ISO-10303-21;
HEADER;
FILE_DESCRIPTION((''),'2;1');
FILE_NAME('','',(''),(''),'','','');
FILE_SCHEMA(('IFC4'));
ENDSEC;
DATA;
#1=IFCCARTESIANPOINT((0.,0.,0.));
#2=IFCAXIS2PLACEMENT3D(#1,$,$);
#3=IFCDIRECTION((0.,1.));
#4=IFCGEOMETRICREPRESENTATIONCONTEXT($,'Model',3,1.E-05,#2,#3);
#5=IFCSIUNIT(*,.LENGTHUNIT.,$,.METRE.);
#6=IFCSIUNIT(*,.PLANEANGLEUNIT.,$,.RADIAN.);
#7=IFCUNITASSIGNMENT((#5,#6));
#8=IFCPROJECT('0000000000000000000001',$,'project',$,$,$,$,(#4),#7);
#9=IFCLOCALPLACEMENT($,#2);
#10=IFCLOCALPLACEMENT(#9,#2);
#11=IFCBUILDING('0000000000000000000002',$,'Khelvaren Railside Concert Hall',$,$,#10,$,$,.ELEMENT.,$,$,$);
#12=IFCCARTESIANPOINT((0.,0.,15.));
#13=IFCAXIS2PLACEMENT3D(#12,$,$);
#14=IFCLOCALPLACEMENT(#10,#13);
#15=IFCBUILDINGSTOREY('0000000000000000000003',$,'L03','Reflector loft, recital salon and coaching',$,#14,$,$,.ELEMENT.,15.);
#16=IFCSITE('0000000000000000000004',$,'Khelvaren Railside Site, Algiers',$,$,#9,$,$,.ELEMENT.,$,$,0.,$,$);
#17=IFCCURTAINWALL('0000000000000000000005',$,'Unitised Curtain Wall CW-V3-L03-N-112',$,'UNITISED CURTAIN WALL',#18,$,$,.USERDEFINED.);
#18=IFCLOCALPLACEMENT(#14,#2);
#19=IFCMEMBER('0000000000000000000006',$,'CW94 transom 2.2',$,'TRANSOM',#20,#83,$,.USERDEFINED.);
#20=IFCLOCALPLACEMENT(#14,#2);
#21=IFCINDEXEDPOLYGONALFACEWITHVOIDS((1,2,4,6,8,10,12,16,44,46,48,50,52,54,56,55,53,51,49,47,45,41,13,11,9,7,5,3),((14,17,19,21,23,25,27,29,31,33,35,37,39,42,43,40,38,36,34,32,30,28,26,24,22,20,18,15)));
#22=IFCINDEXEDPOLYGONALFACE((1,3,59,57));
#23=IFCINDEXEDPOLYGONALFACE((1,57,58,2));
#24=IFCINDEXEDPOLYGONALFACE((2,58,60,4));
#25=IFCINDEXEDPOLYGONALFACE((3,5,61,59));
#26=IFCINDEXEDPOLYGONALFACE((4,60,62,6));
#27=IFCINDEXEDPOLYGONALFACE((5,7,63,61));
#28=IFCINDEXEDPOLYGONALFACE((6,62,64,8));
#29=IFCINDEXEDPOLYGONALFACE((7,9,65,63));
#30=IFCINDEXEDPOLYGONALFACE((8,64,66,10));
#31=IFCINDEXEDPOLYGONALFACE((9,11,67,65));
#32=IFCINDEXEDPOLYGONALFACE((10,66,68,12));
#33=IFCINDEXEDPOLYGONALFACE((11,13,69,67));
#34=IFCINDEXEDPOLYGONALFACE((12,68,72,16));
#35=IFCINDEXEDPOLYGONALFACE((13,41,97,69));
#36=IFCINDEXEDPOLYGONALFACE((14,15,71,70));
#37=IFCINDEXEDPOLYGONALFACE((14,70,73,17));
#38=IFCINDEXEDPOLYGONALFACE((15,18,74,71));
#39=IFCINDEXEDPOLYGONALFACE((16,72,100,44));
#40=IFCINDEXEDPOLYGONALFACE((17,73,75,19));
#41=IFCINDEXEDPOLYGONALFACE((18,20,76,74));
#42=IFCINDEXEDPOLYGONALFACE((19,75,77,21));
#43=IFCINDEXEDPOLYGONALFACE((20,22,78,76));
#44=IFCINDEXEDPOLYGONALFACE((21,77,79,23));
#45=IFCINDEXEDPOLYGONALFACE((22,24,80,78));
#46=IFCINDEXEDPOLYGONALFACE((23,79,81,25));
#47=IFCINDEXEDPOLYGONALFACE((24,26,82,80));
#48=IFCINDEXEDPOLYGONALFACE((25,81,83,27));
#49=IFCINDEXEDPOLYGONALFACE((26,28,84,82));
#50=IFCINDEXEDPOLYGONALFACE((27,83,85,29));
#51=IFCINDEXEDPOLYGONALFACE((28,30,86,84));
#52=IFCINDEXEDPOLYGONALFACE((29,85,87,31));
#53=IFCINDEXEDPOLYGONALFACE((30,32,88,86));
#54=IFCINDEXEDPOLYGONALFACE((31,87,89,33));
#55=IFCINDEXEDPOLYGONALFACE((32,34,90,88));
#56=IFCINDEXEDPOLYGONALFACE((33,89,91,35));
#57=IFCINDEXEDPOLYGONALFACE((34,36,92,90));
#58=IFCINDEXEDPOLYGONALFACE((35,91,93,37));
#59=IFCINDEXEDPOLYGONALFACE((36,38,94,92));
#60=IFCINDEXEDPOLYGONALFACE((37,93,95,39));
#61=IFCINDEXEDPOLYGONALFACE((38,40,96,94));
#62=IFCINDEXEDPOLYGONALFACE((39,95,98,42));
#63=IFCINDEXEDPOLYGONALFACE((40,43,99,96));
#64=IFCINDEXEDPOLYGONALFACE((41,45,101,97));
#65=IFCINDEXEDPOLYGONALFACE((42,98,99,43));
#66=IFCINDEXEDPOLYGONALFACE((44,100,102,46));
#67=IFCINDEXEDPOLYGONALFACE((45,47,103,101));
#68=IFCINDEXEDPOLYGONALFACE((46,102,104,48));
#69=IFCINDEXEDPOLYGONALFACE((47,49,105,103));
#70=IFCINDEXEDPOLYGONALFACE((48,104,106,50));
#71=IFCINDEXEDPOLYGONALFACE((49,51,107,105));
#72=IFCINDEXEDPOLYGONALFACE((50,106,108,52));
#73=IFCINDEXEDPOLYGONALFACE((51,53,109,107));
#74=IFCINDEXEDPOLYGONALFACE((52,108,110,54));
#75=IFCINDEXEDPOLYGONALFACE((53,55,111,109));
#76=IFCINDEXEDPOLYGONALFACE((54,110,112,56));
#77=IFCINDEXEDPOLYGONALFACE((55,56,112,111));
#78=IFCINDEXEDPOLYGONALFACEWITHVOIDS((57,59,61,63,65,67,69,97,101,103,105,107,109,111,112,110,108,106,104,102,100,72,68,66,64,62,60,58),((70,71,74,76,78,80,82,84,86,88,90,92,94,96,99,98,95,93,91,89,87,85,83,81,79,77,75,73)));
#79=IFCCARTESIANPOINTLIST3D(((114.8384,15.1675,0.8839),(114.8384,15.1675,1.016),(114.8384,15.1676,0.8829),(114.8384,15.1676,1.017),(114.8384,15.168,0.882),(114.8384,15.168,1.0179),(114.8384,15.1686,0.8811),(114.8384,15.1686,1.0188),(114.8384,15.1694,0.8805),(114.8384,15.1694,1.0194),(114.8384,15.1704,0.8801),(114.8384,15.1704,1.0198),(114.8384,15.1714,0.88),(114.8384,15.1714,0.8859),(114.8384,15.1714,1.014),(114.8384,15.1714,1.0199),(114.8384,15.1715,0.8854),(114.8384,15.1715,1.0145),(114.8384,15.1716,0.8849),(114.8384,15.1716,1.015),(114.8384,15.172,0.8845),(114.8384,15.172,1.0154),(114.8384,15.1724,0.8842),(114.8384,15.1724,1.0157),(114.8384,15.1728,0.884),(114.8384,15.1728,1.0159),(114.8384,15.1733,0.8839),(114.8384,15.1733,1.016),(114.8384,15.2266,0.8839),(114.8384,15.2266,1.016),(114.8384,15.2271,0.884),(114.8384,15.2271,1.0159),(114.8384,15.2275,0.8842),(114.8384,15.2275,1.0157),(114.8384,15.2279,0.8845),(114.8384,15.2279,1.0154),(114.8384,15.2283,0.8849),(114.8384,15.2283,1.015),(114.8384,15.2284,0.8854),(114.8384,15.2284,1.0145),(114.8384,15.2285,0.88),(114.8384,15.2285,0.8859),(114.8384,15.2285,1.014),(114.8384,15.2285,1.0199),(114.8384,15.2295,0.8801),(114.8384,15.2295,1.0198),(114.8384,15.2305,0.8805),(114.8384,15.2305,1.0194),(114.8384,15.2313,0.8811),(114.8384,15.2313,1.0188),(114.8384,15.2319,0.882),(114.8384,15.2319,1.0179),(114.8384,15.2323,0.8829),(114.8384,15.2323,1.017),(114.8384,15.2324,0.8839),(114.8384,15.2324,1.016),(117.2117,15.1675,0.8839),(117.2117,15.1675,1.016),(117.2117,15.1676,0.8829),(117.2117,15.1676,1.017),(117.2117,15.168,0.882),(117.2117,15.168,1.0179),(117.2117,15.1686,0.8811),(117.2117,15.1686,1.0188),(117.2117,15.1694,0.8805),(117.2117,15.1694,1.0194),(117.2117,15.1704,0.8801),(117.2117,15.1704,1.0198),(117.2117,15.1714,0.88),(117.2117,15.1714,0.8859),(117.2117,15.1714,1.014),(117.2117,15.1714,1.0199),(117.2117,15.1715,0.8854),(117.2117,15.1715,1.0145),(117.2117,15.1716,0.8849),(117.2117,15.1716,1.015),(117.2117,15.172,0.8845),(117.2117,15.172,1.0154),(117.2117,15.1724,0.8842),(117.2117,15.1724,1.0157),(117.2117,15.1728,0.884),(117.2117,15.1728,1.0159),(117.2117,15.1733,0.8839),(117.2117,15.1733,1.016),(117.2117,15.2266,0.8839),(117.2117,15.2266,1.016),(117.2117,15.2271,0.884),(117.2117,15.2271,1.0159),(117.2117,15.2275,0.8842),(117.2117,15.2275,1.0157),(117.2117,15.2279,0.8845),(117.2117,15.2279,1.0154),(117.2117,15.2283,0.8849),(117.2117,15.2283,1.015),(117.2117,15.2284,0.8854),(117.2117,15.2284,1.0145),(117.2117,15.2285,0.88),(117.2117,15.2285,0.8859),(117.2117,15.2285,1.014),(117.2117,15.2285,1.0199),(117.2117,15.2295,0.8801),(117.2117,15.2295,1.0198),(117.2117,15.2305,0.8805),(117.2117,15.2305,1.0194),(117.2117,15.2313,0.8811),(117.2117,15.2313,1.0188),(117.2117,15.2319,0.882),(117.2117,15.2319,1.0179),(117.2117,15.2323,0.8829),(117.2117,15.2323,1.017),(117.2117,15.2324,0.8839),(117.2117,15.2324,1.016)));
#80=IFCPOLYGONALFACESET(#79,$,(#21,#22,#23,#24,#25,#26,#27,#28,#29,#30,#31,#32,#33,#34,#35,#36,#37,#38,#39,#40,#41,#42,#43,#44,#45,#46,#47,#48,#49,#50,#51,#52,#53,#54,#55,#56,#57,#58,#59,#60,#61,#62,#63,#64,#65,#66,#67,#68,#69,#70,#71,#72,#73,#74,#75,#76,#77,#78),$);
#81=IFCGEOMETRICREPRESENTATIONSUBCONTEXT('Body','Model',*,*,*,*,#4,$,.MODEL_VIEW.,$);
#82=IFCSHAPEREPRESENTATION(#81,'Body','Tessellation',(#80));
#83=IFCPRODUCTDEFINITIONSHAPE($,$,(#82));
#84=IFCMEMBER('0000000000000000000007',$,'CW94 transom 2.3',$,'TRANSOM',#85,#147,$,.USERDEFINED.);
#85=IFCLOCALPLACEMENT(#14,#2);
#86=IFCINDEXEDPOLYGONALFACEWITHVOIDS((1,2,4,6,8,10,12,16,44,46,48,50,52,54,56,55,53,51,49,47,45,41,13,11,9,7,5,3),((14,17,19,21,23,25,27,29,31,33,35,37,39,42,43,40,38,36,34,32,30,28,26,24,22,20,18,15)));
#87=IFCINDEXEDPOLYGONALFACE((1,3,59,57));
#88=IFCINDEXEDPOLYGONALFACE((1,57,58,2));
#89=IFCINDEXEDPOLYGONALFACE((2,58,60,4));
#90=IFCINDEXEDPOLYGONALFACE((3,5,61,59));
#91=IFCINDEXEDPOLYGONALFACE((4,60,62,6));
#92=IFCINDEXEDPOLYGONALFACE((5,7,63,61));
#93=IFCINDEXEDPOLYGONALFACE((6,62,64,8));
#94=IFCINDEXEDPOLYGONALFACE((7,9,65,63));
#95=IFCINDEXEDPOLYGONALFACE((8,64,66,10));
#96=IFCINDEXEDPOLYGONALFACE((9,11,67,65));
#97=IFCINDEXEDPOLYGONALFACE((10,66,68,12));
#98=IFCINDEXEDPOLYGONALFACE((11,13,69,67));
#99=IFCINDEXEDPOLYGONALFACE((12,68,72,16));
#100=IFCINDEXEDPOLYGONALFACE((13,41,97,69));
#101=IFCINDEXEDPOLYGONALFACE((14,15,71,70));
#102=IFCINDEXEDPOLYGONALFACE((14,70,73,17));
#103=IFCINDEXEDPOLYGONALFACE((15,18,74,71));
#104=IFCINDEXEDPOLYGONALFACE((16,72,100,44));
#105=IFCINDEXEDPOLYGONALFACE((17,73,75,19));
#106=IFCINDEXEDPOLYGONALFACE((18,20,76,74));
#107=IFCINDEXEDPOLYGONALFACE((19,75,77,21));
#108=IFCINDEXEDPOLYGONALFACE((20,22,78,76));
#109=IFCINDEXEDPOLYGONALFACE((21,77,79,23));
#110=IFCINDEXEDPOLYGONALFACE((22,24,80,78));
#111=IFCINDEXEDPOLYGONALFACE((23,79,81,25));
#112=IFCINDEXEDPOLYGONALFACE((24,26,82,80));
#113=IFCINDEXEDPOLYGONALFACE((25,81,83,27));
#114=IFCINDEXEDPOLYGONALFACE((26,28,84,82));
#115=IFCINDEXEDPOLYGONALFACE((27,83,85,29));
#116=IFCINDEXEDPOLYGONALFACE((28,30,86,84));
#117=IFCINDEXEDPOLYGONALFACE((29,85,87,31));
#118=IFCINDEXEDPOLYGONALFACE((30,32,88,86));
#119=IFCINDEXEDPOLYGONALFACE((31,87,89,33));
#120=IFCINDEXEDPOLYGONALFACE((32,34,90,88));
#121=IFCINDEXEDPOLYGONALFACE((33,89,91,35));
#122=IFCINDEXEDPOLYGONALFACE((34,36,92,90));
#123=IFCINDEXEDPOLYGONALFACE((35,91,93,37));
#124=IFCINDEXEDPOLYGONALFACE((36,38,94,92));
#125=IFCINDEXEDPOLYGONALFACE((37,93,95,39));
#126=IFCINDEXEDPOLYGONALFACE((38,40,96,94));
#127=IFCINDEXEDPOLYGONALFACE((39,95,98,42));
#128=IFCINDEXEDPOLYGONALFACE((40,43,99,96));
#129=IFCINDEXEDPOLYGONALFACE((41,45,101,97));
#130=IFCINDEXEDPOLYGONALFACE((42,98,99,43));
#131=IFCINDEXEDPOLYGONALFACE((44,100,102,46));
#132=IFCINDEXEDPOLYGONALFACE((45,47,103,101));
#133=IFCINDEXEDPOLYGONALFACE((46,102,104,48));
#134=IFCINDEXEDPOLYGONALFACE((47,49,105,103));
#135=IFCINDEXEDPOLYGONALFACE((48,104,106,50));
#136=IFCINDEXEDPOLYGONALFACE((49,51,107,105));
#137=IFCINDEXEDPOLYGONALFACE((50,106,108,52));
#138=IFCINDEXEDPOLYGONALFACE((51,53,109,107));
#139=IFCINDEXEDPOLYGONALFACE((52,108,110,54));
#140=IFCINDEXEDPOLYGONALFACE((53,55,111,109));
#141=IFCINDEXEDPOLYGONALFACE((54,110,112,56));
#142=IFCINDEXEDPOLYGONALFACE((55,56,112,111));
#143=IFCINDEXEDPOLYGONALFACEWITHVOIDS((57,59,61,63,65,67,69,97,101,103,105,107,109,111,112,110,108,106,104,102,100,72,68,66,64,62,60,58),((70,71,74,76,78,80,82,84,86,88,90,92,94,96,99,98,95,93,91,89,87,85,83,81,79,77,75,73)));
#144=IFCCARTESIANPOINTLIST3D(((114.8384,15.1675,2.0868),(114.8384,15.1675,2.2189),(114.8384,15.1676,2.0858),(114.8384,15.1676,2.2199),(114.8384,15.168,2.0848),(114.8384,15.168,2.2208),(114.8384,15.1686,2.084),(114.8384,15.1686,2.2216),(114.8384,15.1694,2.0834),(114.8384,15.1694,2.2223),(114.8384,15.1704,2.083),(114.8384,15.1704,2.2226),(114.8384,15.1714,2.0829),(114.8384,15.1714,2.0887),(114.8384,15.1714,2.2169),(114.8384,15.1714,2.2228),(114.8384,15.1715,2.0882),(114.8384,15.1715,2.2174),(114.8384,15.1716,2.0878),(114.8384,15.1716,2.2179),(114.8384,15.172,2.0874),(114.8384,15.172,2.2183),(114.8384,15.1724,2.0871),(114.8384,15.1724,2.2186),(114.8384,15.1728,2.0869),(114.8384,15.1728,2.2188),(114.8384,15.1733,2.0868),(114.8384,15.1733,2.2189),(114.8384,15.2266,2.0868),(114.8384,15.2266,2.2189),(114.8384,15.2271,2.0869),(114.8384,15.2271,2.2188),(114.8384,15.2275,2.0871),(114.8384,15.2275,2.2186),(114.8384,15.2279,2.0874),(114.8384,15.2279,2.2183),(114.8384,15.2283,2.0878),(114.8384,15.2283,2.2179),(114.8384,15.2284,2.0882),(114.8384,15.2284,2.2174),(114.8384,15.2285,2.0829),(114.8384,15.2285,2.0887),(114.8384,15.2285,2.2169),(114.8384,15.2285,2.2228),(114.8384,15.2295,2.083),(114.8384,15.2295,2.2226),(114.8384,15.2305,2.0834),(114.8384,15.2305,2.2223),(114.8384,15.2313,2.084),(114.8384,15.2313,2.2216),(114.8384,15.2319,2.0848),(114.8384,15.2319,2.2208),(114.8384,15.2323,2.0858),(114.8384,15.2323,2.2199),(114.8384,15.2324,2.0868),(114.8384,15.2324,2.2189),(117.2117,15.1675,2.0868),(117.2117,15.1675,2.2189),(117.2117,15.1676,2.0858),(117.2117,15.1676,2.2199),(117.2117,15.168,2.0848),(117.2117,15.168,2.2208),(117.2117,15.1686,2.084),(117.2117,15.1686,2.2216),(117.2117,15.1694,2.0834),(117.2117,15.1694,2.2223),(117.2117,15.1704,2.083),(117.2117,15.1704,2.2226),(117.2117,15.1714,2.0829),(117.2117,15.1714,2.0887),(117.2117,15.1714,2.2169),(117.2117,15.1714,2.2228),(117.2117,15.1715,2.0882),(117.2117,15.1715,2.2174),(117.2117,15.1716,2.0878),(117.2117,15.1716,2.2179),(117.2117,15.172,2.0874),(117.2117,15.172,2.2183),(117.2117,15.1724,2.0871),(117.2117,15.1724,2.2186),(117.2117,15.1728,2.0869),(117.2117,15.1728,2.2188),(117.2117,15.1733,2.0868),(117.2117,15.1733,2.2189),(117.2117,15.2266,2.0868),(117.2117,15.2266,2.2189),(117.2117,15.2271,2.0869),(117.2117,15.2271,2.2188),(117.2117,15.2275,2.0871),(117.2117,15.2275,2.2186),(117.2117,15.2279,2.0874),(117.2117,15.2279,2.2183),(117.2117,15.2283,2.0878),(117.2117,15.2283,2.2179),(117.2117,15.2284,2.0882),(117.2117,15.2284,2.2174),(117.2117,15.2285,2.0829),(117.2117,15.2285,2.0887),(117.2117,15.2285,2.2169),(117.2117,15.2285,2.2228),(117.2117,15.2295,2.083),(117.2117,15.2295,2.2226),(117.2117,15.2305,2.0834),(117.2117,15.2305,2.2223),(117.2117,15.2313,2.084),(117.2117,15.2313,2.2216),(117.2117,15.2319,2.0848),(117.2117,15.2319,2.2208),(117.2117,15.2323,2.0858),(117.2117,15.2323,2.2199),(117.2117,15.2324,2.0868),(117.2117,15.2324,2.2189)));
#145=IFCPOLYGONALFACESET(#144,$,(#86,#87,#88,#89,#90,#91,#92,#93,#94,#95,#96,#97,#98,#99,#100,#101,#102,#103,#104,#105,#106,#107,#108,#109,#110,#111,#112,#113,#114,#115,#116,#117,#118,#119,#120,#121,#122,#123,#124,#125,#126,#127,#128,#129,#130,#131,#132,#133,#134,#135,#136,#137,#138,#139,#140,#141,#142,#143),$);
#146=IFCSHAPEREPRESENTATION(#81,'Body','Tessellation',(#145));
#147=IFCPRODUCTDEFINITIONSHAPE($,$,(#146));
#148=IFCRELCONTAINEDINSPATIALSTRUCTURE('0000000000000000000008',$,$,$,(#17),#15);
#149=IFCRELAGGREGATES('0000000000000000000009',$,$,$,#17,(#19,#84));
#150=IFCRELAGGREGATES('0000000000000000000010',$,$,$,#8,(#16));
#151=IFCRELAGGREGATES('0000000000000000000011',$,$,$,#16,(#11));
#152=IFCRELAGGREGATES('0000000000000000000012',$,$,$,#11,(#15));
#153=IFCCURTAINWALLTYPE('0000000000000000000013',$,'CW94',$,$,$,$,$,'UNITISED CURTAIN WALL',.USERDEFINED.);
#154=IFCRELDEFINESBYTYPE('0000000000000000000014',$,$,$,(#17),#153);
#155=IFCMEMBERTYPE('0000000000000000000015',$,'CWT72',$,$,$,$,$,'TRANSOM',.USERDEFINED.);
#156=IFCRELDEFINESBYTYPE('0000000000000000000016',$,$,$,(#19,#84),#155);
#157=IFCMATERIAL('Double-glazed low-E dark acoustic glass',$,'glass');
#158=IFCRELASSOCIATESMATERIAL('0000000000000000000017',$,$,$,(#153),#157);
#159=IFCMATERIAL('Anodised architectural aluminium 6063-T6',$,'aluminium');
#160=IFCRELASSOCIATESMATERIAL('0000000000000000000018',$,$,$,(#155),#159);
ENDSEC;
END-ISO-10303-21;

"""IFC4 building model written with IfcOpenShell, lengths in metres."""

from ifc_helpers import new_model, si_unit, direction, frame, origin, origin_2d, place, context, subcontext, project, spatial, hollow_rectangle, extrude, material, material_profile, profile_set, type_object, element, aggregate, save


model = new_model("IFC4")

# Units and contexts
model_context = context("Model", 3, precision=1e-05, world=origin(), true_north=direction((0.0, 1.0)))
body_context = subcontext(model_context, "Body", "Model", "MODEL_VIEW")
ifc_project = project(units=[si_unit("LENGTHUNIT", "METRE"), si_unit("PLANEANGLEUNIT", "RADIAN")], contexts=[model_context])

# Site, building, storey
site_placement = place(None, origin())
site = spatial("IfcSite", under=ifc_project, at=site_placement, Name="Khelvaren Railside Site, Algiers", CompositionType="ELEMENT", RefElevation=0.0)
building_placement = place(site_placement, origin())
building = spatial("IfcBuilding", under=site, at=building_placement, Name="Khelvaren Railside Concert Hall", CompositionType="ELEMENT")
storey_placement = place(building_placement, frame((0.0, 0.0, 15.0)))
storey = spatial("IfcBuildingStorey", under=building, at=storey_placement, Name="L03", Description="Reflector loft, recital salon and coaching", CompositionType="ELEMENT", Elevation=15.0)

# Curtain wall
ifc_material_1 = material(Name="Double-glazed low-E dark acoustic glass", Category="glass")
ifc_material_2 = material(Name="Anodised architectural aluminium 6063-T6", Category="aluminium")
curtain_wall_type_1 = type_object("IfcCurtainWallType", Name="CW94", ElementType="UNITISED CURTAIN WALL", PredefinedType="USERDEFINED", material=ifc_material_1)
curtain_wall_1_placement = place(storey_placement, origin())
curtain_wall_1 = element("IfcCurtainWall", 1, at=curtain_wall_1_placement, inside=storey, type_object=curtain_wall_type_1, Name="Unitised Curtain Wall CW-V3-L03-N-112", ObjectType="UNITISED CURTAIN WALL", PredefinedType="USERDEFINED")

# Members
ifc_material_profile_1 = material_profile(ifc_material_2, hollow_rectangle(XDim=0.0649, YDim=0.1399, WallThickness=0.0039, InnerFilletRadius=0.002, OuterFilletRadius=0.0039, at=origin_2d()), Name="CWT 65x140x4")
ifc_profile_set_1 = profile_set([ifc_material_profile_1], Name="Anodised architectural aluminium 6063-T6")
member_type_1 = type_object("IfcMemberType", Name="CWT72", ElementType="TRANSOM", PredefinedType="USERDEFINED", material=ifc_profile_set_1)
member_1_placement = place(storey_placement, frame((114.8384, 15.2, 0.95), z_axis=(1.0, 0.0, 0.0), x_axis=(0.0, 1.0, 0.0)))
member_1 = element("IfcMember", 2, at=member_1_placement, type_object=member_type_1, Name="CW94 transom 2.2", ObjectType="TRANSOM", PredefinedType="USERDEFINED", context=body_context, shape_type="SweptSolid", body=[
    extrude(hollow_rectangle(XDim=0.0649, YDim=0.1399, WallThickness=0.0039, InnerFilletRadius=0.002, OuterFilletRadius=0.0039, at=origin_2d()), origin(), (0.0, 0.0, 1.0), 2.3733),
])
member_2_placement = place(storey_placement, frame((114.8384, 15.2, 2.1528), z_axis=(1.0, 0.0, 0.0), x_axis=(0.0, 1.0, 0.0)))
member_2 = element("IfcMember", 3, at=member_2_placement, type_object=member_type_1, Name="CW94 transom 2.3", ObjectType="TRANSOM", PredefinedType="USERDEFINED", context=body_context, shape_type="SweptSolid", body=[
    extrude(hollow_rectangle(XDim=0.0649, YDim=0.1399, WallThickness=0.0039, InnerFilletRadius=0.002, OuterFilletRadius=0.0039, at=origin_2d()), origin(), (0.0, 0.0, 1.0), 2.3733),
])

aggregate(curtain_wall_1, [member_1, member_2])

save(model, "model.ifc")
